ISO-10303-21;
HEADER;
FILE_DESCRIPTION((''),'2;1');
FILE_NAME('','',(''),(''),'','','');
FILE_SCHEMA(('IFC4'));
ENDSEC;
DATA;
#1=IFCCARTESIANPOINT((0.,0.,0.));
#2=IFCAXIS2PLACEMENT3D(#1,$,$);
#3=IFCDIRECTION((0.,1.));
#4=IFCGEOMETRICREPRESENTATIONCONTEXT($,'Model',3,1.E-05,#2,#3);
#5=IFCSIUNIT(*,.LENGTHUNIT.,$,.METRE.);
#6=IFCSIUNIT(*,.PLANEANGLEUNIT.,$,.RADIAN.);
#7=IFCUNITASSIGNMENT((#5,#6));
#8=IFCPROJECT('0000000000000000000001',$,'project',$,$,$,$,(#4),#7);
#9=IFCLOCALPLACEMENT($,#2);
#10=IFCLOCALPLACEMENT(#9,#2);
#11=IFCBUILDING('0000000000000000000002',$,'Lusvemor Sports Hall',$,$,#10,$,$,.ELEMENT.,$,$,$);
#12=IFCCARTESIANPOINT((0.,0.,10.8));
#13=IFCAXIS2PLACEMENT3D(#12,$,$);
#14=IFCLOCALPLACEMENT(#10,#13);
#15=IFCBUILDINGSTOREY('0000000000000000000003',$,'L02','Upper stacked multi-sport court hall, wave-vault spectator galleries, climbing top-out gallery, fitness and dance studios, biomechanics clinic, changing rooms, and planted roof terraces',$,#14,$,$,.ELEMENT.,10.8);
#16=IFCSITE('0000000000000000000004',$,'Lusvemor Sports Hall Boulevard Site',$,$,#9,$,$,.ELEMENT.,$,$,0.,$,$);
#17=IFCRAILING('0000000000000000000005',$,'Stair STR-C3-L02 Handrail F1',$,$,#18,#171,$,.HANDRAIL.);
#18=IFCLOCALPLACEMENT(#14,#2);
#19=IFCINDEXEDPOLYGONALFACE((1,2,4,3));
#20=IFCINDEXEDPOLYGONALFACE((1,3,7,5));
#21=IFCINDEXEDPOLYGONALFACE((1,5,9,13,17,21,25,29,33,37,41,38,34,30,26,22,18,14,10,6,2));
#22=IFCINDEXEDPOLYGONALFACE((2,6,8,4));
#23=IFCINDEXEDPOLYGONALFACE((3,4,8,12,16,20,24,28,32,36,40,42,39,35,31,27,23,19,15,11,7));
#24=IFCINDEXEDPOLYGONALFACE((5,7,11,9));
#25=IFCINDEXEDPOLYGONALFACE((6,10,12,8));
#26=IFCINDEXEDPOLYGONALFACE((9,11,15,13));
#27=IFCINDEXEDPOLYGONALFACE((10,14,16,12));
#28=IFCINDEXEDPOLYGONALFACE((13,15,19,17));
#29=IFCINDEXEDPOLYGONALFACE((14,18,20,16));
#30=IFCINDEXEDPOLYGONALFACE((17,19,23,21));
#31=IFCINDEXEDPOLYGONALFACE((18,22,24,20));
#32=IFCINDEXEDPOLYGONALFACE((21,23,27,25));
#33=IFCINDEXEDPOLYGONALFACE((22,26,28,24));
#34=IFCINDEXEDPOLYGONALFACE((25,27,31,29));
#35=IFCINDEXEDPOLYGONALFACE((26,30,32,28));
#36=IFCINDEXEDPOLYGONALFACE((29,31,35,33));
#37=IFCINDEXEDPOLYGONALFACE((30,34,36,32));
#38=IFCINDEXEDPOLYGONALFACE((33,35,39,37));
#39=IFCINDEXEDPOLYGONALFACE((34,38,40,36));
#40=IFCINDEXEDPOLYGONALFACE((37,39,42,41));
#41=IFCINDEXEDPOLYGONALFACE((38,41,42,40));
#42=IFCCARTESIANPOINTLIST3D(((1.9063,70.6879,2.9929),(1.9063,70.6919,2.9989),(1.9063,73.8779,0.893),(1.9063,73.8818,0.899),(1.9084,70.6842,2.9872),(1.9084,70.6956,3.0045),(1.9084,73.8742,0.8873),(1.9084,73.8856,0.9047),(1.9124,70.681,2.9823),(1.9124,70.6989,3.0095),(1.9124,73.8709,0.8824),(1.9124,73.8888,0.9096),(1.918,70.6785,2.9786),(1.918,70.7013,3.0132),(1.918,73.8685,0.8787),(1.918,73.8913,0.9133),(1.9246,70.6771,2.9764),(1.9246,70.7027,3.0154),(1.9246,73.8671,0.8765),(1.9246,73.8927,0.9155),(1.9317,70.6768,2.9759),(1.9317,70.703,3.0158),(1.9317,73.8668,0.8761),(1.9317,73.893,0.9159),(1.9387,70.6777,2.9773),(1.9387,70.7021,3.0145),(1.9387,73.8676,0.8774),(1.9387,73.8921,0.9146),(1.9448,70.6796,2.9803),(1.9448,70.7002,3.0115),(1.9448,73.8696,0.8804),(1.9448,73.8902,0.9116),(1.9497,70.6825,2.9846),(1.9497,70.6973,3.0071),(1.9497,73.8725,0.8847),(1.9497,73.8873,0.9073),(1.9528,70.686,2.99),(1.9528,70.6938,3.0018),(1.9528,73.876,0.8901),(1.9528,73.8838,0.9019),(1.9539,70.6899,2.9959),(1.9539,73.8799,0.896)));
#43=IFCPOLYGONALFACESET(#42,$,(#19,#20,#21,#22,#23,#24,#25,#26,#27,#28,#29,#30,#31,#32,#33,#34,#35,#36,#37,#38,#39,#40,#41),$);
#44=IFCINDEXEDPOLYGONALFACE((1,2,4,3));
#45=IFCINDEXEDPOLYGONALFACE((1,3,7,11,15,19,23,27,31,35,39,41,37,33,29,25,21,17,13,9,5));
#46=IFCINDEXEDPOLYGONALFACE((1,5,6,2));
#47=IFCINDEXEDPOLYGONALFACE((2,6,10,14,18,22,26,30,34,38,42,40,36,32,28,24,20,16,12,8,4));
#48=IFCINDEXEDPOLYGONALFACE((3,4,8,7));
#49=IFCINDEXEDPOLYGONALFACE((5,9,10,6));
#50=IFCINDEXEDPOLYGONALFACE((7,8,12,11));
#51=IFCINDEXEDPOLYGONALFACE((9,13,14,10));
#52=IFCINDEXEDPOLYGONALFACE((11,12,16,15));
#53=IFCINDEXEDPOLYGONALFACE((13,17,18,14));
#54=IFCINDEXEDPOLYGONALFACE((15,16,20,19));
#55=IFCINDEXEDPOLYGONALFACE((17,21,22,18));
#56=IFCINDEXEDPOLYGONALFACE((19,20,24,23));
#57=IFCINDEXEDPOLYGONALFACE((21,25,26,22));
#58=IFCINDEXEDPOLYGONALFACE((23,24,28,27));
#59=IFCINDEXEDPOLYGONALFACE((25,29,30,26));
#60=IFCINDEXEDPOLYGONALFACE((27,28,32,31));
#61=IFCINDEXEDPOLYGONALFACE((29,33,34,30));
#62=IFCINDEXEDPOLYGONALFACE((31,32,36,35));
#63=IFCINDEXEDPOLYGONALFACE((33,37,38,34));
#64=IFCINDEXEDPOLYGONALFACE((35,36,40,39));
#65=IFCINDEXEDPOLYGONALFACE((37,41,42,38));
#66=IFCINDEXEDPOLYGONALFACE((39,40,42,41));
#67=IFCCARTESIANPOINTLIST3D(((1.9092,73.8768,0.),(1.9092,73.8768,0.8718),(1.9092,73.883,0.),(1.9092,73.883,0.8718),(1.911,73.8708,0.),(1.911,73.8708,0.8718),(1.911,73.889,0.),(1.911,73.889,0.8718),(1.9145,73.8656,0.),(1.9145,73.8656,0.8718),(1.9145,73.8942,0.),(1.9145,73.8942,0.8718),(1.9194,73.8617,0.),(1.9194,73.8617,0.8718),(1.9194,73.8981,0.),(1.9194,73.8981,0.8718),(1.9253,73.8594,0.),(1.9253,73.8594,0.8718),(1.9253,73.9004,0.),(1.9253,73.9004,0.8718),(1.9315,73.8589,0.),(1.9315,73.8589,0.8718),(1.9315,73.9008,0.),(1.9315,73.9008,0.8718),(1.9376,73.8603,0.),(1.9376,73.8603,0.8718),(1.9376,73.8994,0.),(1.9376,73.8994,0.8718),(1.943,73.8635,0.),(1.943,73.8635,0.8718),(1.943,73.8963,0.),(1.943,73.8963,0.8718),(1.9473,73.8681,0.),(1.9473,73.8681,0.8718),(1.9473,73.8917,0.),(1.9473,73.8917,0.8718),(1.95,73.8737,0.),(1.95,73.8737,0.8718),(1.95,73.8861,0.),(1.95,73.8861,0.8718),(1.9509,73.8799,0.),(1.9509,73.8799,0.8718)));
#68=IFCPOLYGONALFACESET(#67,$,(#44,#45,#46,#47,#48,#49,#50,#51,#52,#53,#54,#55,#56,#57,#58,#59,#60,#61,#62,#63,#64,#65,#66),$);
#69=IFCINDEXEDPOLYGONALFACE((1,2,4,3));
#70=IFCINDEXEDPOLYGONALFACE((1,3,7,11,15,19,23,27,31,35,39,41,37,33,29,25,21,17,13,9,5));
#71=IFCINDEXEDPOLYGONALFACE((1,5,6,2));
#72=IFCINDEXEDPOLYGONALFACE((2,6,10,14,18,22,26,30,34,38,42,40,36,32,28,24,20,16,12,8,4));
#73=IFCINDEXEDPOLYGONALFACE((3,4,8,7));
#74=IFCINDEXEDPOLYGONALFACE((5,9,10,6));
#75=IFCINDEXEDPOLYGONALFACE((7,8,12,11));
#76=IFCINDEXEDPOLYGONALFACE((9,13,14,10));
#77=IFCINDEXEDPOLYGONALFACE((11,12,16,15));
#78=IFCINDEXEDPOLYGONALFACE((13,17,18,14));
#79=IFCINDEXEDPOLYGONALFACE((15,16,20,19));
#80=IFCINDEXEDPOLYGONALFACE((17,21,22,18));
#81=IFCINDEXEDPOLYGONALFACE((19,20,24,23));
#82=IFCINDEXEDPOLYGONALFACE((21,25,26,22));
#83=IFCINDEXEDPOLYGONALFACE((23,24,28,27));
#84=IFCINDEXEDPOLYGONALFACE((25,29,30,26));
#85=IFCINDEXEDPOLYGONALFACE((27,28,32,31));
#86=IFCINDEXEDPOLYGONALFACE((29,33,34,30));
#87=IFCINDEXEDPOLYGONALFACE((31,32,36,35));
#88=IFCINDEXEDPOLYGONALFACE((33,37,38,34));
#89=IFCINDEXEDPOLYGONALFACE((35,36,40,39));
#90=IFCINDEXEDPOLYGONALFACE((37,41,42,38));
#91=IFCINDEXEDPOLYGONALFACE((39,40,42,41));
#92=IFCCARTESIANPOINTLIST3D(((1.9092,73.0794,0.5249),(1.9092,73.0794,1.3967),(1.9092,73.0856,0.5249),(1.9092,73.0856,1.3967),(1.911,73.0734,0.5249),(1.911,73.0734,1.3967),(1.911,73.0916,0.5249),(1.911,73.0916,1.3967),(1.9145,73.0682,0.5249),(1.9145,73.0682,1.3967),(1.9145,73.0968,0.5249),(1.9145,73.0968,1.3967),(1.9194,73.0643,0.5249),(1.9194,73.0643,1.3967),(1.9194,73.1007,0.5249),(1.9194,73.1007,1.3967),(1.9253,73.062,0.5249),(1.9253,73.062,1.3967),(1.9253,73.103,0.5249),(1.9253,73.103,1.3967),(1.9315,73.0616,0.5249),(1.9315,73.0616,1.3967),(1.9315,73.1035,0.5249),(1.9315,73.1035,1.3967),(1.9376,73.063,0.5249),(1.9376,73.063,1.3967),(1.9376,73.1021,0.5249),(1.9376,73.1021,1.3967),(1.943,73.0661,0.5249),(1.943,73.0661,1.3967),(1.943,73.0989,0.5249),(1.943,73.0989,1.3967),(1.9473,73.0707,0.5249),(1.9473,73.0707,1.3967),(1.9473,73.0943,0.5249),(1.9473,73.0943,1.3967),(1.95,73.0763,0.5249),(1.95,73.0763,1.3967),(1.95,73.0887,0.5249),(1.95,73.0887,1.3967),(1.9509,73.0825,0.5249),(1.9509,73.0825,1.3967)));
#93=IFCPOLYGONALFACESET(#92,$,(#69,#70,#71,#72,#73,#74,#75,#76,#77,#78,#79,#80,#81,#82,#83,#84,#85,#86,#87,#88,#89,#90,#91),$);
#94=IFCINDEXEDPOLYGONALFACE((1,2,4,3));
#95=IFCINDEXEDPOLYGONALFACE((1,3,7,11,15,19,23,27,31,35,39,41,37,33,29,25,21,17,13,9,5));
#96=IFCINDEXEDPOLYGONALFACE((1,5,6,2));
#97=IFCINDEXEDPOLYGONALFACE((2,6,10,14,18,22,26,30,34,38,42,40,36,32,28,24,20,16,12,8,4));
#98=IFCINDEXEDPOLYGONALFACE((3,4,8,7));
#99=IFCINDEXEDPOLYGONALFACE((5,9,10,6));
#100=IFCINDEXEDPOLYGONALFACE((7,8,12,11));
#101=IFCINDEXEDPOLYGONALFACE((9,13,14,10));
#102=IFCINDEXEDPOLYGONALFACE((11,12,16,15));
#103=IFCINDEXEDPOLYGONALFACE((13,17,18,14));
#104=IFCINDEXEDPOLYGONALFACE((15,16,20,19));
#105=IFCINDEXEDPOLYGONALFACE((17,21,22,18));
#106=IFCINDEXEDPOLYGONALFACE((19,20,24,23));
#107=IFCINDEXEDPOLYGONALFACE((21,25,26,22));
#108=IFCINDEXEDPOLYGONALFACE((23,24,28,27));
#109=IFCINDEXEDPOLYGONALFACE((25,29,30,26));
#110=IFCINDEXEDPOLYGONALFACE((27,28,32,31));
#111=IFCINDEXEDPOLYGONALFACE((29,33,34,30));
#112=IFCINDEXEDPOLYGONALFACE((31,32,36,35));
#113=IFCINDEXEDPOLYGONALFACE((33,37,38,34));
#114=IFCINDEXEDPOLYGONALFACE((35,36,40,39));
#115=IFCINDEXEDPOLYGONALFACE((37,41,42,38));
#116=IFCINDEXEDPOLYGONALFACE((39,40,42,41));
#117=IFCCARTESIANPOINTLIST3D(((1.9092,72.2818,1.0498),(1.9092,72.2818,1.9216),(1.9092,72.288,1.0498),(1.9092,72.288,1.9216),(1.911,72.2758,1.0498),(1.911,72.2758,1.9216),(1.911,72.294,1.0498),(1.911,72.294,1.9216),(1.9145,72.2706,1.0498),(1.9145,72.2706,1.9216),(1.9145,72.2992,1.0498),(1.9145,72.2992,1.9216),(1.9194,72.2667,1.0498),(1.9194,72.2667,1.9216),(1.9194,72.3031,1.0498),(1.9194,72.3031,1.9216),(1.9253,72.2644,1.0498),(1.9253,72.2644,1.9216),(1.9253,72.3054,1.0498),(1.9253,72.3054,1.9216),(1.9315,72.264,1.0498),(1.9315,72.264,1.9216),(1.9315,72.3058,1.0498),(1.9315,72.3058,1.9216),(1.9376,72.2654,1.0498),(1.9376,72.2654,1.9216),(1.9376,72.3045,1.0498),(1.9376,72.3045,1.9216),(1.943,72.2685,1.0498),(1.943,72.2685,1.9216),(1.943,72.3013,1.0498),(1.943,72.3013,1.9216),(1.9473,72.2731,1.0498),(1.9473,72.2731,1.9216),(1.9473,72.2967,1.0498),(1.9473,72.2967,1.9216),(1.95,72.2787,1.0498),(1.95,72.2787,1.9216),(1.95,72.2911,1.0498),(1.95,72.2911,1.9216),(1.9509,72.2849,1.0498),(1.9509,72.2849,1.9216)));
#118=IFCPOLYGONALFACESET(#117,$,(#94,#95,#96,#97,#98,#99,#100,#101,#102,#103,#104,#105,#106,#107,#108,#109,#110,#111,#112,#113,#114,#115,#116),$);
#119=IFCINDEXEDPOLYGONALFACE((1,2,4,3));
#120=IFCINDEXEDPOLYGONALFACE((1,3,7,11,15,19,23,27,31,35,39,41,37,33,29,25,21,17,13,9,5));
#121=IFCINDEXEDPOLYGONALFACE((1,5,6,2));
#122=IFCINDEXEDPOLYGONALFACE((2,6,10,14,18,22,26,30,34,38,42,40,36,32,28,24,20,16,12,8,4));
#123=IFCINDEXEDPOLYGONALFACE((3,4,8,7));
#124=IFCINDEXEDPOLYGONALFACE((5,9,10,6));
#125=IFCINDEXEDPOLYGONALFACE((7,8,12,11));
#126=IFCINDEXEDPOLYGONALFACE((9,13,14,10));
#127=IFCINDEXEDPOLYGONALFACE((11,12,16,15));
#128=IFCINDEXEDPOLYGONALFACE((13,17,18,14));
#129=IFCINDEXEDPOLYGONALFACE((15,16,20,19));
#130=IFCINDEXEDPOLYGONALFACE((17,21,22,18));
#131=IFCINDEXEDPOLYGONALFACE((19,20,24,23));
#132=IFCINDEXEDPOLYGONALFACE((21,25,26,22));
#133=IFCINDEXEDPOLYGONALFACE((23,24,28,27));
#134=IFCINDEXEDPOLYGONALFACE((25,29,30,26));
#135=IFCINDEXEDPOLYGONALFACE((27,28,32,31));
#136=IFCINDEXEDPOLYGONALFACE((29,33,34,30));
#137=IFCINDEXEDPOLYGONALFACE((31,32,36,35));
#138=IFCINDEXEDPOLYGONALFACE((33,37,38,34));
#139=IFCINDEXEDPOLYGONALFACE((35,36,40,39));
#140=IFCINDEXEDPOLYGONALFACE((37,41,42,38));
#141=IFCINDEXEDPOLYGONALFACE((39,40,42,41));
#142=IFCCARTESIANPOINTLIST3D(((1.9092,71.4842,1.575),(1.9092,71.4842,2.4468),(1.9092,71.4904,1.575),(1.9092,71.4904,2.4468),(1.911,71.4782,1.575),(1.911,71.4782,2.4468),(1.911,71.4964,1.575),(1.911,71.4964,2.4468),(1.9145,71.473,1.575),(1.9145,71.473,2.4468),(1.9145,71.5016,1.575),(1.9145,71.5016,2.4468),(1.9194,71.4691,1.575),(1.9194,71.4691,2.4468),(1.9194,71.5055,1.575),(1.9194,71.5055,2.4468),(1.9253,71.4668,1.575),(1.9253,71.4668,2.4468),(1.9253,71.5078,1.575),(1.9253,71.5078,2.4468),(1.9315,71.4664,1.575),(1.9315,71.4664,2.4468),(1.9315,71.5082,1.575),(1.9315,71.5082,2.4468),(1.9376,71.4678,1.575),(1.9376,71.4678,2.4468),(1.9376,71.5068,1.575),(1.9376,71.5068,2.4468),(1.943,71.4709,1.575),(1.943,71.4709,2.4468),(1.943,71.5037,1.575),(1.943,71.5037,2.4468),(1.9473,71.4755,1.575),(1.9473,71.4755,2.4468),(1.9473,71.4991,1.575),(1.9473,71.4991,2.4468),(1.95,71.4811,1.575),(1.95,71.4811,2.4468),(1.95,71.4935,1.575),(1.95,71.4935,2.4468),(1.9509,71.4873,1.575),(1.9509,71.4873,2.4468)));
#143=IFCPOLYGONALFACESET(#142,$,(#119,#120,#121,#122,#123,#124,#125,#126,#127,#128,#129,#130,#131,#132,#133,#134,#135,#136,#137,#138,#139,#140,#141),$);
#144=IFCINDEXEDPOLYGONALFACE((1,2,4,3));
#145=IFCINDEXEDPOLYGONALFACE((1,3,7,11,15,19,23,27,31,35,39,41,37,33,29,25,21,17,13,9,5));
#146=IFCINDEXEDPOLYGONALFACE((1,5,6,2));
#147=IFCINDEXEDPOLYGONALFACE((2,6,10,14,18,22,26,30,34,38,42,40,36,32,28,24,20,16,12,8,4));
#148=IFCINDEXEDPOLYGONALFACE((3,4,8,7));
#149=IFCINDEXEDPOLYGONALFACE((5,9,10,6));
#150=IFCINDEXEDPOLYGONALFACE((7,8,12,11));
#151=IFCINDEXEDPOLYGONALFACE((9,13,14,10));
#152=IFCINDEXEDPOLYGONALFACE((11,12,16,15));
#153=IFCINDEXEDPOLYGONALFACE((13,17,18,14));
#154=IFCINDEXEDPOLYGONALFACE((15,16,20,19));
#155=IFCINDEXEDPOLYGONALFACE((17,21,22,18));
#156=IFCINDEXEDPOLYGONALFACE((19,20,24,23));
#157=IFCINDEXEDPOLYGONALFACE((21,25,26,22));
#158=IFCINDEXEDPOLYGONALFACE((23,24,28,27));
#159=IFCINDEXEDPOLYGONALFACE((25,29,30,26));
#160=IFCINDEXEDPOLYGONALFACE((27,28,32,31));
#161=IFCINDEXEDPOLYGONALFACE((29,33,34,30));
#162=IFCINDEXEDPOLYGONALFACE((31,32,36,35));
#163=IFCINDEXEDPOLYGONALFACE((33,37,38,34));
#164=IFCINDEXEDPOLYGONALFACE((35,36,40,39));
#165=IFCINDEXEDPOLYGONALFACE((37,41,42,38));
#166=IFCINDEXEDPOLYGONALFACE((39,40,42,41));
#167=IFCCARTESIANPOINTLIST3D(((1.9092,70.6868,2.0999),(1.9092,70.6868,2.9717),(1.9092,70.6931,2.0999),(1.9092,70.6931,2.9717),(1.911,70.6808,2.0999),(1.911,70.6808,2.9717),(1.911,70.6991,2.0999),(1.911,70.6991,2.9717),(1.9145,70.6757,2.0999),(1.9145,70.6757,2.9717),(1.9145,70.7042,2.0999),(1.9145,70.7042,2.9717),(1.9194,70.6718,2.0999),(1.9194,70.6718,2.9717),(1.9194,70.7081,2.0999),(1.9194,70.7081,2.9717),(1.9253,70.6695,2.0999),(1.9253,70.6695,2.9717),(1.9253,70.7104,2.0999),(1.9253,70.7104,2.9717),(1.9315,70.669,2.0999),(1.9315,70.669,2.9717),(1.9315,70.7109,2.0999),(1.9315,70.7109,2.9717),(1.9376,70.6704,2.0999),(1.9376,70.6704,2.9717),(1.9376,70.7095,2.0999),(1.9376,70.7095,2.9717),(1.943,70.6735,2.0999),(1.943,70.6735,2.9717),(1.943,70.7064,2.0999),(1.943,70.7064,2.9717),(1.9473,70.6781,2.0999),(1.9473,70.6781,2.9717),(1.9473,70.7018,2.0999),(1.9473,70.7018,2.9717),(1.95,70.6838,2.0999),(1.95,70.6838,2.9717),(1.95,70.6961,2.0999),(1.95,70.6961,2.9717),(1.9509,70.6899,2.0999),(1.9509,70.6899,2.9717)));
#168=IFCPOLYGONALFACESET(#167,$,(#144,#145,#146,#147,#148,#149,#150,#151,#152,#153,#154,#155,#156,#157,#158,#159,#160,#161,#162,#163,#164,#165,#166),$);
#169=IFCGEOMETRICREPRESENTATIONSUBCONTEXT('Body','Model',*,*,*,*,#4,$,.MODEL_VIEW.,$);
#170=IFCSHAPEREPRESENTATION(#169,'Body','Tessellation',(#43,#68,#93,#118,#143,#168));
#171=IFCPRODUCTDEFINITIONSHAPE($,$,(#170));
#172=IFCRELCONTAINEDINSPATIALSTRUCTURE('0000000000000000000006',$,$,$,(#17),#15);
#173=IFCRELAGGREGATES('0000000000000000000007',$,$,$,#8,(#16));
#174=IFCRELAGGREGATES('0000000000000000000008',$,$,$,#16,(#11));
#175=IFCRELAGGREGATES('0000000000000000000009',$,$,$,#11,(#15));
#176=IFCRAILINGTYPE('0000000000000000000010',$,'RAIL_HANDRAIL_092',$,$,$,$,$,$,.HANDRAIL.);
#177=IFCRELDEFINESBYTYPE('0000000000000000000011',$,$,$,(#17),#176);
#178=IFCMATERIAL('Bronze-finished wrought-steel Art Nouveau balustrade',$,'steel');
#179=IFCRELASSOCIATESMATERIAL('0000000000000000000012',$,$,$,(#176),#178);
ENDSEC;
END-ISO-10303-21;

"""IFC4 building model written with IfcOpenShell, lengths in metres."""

from ifc_helpers import new_model, si_unit, direction, frame, origin, origin_2d, place, context, subcontext, project, spatial, circle, extrude, material, type_object, element, save


model = new_model("IFC4")

# Units and contexts
model_context = context("Model", 3, precision=1e-05, world=origin(), true_north=direction((0.0, 1.0)))
body_context = subcontext(model_context, "Body", "Model", "MODEL_VIEW")
ifc_project = project(units=[si_unit("LENGTHUNIT", "METRE"), si_unit("PLANEANGLEUNIT", "RADIAN")], contexts=[model_context])

# Site, building, storey
site_placement = place(None, origin())
site = spatial("IfcSite", under=ifc_project, at=site_placement, Name="Lusvemor Sports Hall Boulevard Site", CompositionType="ELEMENT", RefElevation=0.0)
building_placement = place(site_placement, origin())
building = spatial("IfcBuilding", under=site, at=building_placement, Name="Lusvemor Sports Hall", CompositionType="ELEMENT")
storey_placement = place(building_placement, frame((0.0, 0.0, 10.8)))
storey = spatial("IfcBuildingStorey", under=building, at=storey_placement, Name="L02", Description="Upper stacked multi-sport court hall, wave-vault spectator galleries, climbing top-out gallery, fitness and dance studios, biomechanics clinic, changing rooms, and planted roof terraces", CompositionType="ELEMENT", Elevation=10.8)

# Railing
ifc_material_1 = material(Name="Bronze-finished wrought-steel Art Nouveau balustrade", Category="steel")
railing_type_1 = type_object("IfcRailingType", Name="RAIL_HANDRAIL_092", PredefinedType="HANDRAIL", material=ifc_material_1)
railing_1_placement = place(storey_placement, frame((1.9299, 73.8799, 0.0)))
element("IfcRailing", 1, at=railing_1_placement, inside=storey, type_object=railing_type_1, Name="Stair STR-C3-L02 Handrail F1", PredefinedType="HANDRAIL", context=body_context, shape_type="SweptSolid", body=[
    extrude(circle(Radius=0.0239, at=origin_2d()), frame((0.0, 0.0, 0.896), z_axis=(0.0, -0.835272, 0.549837), x_axis=(1.0, 0.0, 0.0)), (0.0, 0.0, 1.0), 3.8191),
    extrude(circle(Radius=0.021, at=origin_2d()), origin(), (0.0, 0.0, 1.0), 0.8718),
    extrude(circle(Radius=0.021, at=origin_2d()), frame((0.0, -0.7974, 0.5249)), (0.0, 0.0, 1.0), 0.8718),
    extrude(circle(Radius=0.021, at=origin_2d()), frame((0.0, -1.595, 1.0498)), (0.0, 0.0, 1.0), 0.8718),
    extrude(circle(Radius=0.021, at=origin_2d()), frame((0.0, -2.3926, 1.575)), (0.0, 0.0, 1.0), 0.8718),
    extrude(circle(Radius=0.021, at=origin_2d()), frame((0.0, -3.1899, 2.0999)), (0.0, 0.0, 1.0), 0.8718),
])

save(model, "model.ifc")
